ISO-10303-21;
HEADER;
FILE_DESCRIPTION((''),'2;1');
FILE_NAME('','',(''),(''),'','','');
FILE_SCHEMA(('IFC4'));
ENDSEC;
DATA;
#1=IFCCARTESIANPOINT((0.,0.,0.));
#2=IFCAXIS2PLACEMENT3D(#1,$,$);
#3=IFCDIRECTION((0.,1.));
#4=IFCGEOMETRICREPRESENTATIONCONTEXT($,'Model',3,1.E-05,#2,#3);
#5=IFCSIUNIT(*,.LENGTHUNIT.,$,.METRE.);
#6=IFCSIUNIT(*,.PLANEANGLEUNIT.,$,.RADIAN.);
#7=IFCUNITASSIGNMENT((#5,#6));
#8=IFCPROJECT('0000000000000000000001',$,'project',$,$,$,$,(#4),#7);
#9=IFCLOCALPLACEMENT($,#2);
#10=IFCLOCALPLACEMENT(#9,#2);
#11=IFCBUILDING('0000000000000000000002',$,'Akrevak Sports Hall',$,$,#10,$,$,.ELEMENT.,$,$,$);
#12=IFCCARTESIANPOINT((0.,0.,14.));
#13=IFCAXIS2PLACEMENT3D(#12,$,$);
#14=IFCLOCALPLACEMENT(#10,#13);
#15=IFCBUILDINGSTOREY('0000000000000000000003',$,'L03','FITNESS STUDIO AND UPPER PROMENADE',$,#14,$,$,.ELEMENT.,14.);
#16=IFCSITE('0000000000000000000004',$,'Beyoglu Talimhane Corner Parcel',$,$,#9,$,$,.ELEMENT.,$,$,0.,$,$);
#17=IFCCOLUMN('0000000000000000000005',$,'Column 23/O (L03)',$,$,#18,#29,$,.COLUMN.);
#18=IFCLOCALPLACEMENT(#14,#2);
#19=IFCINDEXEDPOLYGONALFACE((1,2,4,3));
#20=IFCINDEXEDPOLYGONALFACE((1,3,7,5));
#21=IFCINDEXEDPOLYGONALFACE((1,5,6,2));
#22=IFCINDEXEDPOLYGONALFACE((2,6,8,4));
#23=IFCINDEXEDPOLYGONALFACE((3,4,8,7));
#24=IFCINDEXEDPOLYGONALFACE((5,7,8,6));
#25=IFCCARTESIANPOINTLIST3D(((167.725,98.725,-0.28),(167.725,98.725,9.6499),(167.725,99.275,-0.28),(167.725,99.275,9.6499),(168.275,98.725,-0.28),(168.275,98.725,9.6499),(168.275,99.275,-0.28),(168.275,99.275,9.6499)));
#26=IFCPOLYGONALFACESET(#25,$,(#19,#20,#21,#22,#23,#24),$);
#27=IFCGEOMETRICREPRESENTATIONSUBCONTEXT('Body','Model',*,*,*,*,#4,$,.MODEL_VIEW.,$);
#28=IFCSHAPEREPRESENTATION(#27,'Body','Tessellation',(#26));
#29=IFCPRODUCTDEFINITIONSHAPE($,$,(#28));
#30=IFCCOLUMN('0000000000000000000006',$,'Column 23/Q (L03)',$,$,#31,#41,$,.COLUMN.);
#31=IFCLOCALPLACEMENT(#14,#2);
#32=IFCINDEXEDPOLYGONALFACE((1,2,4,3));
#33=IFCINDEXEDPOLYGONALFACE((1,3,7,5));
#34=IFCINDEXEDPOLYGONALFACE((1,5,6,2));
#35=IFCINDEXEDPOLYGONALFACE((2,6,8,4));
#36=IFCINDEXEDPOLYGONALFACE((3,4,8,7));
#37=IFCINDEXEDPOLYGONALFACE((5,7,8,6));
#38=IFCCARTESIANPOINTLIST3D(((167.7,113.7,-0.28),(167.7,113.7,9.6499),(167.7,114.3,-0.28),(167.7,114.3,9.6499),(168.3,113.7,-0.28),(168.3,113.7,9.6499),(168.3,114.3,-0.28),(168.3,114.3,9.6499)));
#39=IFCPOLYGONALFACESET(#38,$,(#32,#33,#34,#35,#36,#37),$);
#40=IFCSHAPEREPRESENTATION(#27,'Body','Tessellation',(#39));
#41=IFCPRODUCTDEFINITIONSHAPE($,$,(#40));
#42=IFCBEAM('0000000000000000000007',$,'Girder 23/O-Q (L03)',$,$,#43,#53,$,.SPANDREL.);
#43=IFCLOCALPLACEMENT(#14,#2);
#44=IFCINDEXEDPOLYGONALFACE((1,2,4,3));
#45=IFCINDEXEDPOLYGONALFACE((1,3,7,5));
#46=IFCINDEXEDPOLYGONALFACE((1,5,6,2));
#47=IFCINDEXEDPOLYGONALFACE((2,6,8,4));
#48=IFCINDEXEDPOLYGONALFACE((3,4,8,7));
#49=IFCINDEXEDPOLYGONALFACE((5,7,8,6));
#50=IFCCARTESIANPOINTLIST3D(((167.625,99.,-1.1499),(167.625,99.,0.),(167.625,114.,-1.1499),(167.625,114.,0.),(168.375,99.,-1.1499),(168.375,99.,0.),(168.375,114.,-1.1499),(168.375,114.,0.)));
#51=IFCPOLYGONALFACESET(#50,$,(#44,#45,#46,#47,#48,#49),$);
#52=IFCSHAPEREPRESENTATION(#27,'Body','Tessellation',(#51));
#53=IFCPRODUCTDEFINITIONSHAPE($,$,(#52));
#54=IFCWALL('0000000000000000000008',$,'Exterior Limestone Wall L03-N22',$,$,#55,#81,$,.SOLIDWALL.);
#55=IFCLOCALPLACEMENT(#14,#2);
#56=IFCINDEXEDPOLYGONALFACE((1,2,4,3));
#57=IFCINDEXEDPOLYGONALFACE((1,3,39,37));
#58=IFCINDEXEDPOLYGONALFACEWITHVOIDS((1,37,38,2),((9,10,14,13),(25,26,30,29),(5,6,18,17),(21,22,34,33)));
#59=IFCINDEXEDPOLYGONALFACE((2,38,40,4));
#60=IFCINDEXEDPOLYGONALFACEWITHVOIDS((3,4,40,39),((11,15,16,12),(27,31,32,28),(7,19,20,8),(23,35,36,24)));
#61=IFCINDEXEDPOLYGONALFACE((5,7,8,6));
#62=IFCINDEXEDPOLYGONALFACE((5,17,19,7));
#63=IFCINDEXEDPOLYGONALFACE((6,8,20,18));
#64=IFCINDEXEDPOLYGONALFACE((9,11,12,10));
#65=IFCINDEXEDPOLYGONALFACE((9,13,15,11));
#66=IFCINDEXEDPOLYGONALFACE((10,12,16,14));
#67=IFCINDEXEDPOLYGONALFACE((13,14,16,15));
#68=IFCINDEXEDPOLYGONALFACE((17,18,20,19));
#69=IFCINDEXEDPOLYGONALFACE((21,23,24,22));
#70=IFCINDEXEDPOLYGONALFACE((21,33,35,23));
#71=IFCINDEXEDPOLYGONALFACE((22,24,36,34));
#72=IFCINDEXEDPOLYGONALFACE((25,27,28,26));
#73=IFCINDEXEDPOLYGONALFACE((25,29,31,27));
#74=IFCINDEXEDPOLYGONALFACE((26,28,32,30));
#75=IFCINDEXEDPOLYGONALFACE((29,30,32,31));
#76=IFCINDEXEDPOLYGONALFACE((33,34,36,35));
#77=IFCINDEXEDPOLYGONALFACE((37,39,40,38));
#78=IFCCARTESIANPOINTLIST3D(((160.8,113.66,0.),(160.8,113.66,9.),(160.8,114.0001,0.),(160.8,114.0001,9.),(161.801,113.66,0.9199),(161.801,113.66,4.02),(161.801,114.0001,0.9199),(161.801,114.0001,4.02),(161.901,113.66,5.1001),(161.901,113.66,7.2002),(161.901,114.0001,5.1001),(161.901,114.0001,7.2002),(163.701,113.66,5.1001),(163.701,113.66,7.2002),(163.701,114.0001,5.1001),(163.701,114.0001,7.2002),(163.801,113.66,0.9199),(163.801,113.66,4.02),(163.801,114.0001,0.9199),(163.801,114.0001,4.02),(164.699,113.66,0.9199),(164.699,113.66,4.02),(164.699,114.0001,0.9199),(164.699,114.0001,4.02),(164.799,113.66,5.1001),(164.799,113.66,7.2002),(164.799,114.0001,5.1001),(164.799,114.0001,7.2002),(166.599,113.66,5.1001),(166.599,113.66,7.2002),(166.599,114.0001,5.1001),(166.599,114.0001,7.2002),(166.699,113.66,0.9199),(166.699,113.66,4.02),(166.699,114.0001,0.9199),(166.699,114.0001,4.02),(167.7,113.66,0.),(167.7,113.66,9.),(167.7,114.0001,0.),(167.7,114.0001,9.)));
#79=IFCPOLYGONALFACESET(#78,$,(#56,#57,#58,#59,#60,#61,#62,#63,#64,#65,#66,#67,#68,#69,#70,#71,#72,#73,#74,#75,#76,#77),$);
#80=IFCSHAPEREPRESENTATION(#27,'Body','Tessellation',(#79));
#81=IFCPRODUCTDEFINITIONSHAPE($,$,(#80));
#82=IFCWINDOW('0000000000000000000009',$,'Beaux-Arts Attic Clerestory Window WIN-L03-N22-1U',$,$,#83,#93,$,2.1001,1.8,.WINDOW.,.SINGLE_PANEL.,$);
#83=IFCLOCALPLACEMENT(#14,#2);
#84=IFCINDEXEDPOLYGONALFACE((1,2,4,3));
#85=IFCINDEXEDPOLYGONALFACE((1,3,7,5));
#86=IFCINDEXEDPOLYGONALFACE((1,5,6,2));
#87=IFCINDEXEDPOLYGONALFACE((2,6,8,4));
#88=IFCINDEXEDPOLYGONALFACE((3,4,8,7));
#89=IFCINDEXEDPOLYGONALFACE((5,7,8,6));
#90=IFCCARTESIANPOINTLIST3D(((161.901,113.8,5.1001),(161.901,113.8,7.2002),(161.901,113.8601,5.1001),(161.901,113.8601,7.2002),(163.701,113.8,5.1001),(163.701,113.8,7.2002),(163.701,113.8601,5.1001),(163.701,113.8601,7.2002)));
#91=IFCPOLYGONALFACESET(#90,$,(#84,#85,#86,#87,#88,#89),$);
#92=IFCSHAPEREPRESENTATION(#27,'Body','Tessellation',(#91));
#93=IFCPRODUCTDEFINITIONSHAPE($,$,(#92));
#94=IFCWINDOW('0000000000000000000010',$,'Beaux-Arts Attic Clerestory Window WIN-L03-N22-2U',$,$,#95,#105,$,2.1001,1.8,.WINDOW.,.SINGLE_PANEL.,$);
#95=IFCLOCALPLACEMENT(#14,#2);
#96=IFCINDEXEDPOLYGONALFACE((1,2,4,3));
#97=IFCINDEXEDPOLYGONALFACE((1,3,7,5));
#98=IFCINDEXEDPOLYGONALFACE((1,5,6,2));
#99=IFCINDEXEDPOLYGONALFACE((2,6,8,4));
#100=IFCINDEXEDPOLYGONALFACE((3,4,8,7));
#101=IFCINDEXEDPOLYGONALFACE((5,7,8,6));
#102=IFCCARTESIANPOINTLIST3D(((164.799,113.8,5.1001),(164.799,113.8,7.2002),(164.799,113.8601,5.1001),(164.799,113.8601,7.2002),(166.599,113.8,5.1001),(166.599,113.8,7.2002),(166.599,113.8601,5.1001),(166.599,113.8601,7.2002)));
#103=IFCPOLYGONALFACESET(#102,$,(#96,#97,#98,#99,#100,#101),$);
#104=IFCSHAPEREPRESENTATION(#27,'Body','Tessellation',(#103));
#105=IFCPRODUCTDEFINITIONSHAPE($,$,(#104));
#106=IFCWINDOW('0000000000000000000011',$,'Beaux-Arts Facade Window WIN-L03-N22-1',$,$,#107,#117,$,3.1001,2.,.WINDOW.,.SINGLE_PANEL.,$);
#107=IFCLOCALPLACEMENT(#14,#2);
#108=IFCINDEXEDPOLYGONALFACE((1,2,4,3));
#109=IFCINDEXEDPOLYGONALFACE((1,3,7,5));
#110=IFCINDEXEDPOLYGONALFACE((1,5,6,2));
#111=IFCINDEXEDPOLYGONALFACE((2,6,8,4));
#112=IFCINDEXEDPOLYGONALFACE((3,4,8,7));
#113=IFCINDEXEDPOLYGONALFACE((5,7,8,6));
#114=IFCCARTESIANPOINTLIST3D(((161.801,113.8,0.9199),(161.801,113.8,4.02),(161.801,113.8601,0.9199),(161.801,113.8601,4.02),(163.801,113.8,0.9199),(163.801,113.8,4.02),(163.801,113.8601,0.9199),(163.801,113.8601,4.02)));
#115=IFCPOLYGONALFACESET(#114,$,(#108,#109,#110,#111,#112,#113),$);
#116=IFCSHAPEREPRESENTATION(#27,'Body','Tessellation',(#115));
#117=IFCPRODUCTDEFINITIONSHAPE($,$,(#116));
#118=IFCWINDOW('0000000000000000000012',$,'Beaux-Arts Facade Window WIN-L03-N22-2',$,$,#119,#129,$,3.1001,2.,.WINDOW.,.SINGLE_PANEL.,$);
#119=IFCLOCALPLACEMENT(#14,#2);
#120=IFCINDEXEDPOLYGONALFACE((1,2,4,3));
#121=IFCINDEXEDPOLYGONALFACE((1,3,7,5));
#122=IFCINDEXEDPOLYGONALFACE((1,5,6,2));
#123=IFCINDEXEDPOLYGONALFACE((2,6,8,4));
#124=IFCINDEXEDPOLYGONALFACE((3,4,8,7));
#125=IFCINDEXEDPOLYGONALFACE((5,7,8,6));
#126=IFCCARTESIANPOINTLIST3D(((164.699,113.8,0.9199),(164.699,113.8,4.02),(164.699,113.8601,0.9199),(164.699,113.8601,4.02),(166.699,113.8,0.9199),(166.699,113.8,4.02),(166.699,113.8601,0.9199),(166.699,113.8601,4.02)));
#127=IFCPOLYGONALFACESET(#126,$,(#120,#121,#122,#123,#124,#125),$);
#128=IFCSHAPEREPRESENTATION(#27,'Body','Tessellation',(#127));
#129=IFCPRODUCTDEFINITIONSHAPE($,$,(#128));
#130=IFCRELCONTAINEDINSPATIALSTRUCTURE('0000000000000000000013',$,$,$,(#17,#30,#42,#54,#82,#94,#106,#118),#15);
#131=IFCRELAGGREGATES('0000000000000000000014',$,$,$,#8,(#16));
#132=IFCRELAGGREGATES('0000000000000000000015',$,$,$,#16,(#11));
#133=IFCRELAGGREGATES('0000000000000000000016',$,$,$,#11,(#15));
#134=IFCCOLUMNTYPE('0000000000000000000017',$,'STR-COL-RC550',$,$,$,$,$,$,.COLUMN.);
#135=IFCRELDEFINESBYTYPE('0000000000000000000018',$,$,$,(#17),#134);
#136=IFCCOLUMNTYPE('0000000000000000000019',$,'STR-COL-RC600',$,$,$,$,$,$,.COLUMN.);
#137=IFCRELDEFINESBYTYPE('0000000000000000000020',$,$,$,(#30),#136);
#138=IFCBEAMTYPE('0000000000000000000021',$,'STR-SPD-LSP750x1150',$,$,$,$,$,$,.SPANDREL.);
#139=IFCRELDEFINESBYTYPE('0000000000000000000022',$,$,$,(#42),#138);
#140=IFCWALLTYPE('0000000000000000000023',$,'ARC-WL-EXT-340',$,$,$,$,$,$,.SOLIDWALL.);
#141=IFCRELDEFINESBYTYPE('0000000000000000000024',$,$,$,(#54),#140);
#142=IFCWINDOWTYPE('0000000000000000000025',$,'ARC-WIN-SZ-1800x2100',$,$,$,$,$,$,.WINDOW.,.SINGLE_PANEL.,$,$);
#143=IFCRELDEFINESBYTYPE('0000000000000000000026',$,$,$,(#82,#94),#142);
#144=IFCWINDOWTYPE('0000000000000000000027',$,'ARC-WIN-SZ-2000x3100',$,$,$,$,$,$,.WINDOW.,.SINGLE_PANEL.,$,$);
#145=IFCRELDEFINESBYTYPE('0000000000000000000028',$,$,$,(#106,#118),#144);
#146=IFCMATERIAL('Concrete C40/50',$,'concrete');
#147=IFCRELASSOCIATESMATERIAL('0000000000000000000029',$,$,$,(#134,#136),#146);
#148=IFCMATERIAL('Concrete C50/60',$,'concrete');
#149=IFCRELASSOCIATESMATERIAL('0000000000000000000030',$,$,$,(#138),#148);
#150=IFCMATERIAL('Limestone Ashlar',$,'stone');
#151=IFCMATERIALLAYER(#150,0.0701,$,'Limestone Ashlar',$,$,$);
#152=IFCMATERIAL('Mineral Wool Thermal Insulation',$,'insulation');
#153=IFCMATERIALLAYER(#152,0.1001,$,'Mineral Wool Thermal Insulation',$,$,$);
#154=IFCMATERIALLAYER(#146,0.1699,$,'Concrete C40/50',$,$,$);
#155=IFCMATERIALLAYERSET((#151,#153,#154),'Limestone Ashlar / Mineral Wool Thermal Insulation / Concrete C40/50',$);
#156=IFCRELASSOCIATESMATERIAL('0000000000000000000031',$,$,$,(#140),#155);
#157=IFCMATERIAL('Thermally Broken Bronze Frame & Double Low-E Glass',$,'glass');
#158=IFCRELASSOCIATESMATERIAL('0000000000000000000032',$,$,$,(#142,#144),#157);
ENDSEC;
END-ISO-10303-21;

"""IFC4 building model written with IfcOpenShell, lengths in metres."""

from ifc_helpers import new_model, si_unit, direction, frame, frame_2d, origin, origin_2d, place, context, subcontext, project, spatial, rectangle, extrude, material, layer, layer_set, material_profile, profile_set, type_object, element, fill, save


model = new_model("IFC4")

# Units and contexts
model_context = context("Model", 3, precision=1e-05, world=origin(), true_north=direction((0.0, 1.0)))
body_context = subcontext(model_context, "Body", "Model", "MODEL_VIEW")
ifc_project = project(units=[si_unit("LENGTHUNIT", "METRE"), si_unit("PLANEANGLEUNIT", "RADIAN")], contexts=[model_context])

# Site, building, storey
site_placement = place(None, origin())
site = spatial("IfcSite", under=ifc_project, at=site_placement, Name="Beyoglu Talimhane Corner Parcel", CompositionType="ELEMENT", RefElevation=0.0)
building_placement = place(site_placement, origin())
building = spatial("IfcBuilding", under=site, at=building_placement, Name="Akrevak Sports Hall", CompositionType="ELEMENT")
storey_placement = place(building_placement, frame((0.0, 0.0, 14.0)))
storey = spatial("IfcBuildingStorey", under=building, at=storey_placement, Name="L03", Description="FITNESS STUDIO AND UPPER PROMENADE", CompositionType="ELEMENT", Elevation=14.0)

# Columns
ifc_material_1 = material(Name="Concrete C40/50", Category="concrete")
ifc_material_profile_1 = material_profile(ifc_material_1, rectangle(XDim=0.55, YDim=0.55, at=origin_2d()), Name="RC 550x550", Category="concrete")
ifc_profile_set_1 = profile_set([ifc_material_profile_1], Name="Concrete C40/50")
column_type_1 = type_object("IfcColumnType", Name="STR-COL-RC550", PredefinedType="COLUMN", material=ifc_profile_set_1)
column_1_placement = place(storey_placement, frame((168.0, 99.0, -0.28), z_axis=(0.0, 0.0, 1.0), x_axis=(1.0, 0.0, 0.0)))
element("IfcColumn", 1, at=column_1_placement, inside=storey, type_object=column_type_1, Name="Column 23/O (L03)", PredefinedType="COLUMN", context=body_context, shape_type="SweptSolid", body=[
    extrude(rectangle(XDim=0.55, YDim=0.55, at=origin_2d()), origin(), (0.0, 0.0, 1.0), 9.9299),
])
ifc_material_profile_2 = material_profile(ifc_material_1, rectangle(XDim=0.6001, YDim=0.6001, at=origin_2d()), Name="RC 600x600", Category="concrete")
ifc_profile_set_2 = profile_set([ifc_material_profile_2], Name="Concrete C40/50")
column_type_2 = type_object("IfcColumnType", Name="STR-COL-RC600", PredefinedType="COLUMN", material=ifc_profile_set_2)
column_2_placement = place(storey_placement, frame((168.0, 114.0, -0.28), z_axis=(0.0, 0.0, 1.0), x_axis=(1.0, 0.0, 0.0)))
element("IfcColumn", 2, at=column_2_placement, inside=storey, type_object=column_type_2, Name="Column 23/Q (L03)", PredefinedType="COLUMN", context=body_context, shape_type="SweptSolid", body=[
    extrude(rectangle(XDim=0.6001, YDim=0.6001, at=origin_2d()), origin(), (0.0, 0.0, 1.0), 9.9299),
])

# Beam
ifc_material_2 = material(Name="Concrete C50/60", Category="concrete")
ifc_material_profile_3 = material_profile(ifc_material_2, rectangle(XDim=0.75, YDim=1.1499, at=origin_2d()), Name="SPD 750x1150", Category="concrete")
ifc_profile_set_3 = profile_set([ifc_material_profile_3], Name="Concrete C50/60")
beam_type = type_object("IfcBeamType", Name="STR-SPD-LSP750x1150", PredefinedType="SPANDREL", material=ifc_profile_set_3)
beam_placement = place(storey_placement, frame((168.0, 99.0, -0.575), z_axis=(0.0, 1.0, 0.0), x_axis=(-1.0, 0.0, 0.0)))
element("IfcBeam", 3, at=beam_placement, inside=storey, type_object=beam_type, Name="Girder 23/O-Q (L03)", PredefinedType="SPANDREL", context=body_context, shape_type="SweptSolid", body=[
    extrude(rectangle(XDim=0.75, YDim=1.1499, at=origin_2d()), origin(), (0.0, 0.0, 1.0), 15.0),
])

# Wall, openings, windows
ifc_material_3 = material(Name="Limestone Ashlar", Category="stone")
ifc_layer_1 = layer(ifc_material_3, 0.0701, Name="Limestone Ashlar")
ifc_material_4 = material(Name="Mineral Wool Thermal Insulation", Category="insulation")
ifc_layer_2 = layer(ifc_material_4, 0.1001, Name="Mineral Wool Thermal Insulation")
ifc_layer_3 = layer(ifc_material_1, 0.1699, Name="Concrete C40/50")
ifc_layer_set_1 = layer_set([ifc_layer_1, ifc_layer_2, ifc_layer_3], Name="Limestone Ashlar / Mineral Wool Thermal Insulation / Concrete C40/50")
wall_type = type_object("IfcWallType", Name="ARC-WL-EXT-340", PredefinedType="SOLIDWALL", material=ifc_layer_set_1)
wall_1_placement = place(storey_placement, frame((167.7, 113.8301, 0.0), z_axis=(0.0, 0.0, 1.0), x_axis=(-1.0, 0.0, 0.0)))
wall_1 = element("IfcWall", 4, at=wall_1_placement, inside=storey, type_object=wall_type, Name="Exterior Limestone Wall L03-N22", PredefinedType="SOLIDWALL", context=body_context, shape_type="SweptSolid", body=[
    extrude(rectangle(XDim=6.8999, YDim=0.3401, at=frame_2d((3.45, 0.0))), origin(), (0.0, 0.0, 1.0), 9.0),
])
opening_1_placement = place(wall_1_placement, frame((3.8989, 0.0, 0.9199)))
opening_1 = element("IfcOpeningElement", 5, at=opening_1_placement, cuts=wall_1, PredefinedType="OPENING", context=body_context, shape_type="SweptSolid", body=[
    extrude(rectangle(XDim=2.0, YDim=3.1001, at=frame_2d((1.0, 1.55))), frame((0.0, 0.1821, 0.0), z_axis=(0.0, -1.0, 0.0), x_axis=(1.0, 0.0, 0.0)), (0.0, 0.0, 1.0), 0.364),
])
opening_2_placement = place(wall_1_placement, frame((3.999, 0.0, 5.1001)))
opening_2 = element("IfcOpeningElement", 6, at=opening_2_placement, cuts=wall_1, PredefinedType="OPENING", context=body_context, shape_type="SweptSolid", body=[
    extrude(rectangle(XDim=1.8, YDim=2.1001, at=frame_2d((0.8999, 1.05))), frame((0.0, 0.1821, 0.0), z_axis=(0.0, -1.0, 0.0), x_axis=(1.0, 0.0, 0.0)), (0.0, 0.0, 1.0), 0.364),
])
opening_3_placement = place(wall_1_placement, frame((1.001, 0.0, 0.9199)))
opening_3 = element("IfcOpeningElement", 7, at=opening_3_placement, cuts=wall_1, PredefinedType="OPENING", context=body_context, shape_type="SweptSolid", body=[
    extrude(rectangle(XDim=2.0, YDim=3.1001, at=frame_2d((1.0, 1.55))), frame((0.0, 0.1821, 0.0), z_axis=(0.0, -1.0, 0.0), x_axis=(1.0, 0.0, 0.0)), (0.0, 0.0, 1.0), 0.364),
])
opening_4_placement = place(wall_1_placement, frame((1.1011, 0.0, 5.1001)))
opening_4 = element("IfcOpeningElement", 8, at=opening_4_placement, cuts=wall_1, PredefinedType="OPENING", context=body_context, shape_type="SweptSolid", body=[
    extrude(rectangle(XDim=1.8, YDim=2.1001, at=frame_2d((0.8999, 1.05))), frame((0.0, 0.1821, 0.0), z_axis=(0.0, -1.0, 0.0), x_axis=(1.0, 0.0, 0.0)), (0.0, 0.0, 1.0), 0.364),
])
ifc_material_5 = material(Name="Thermally Broken Bronze Frame & Double Low-E Glass", Category="glass")
window_type_1 = type_object("IfcWindowType", Name="ARC-WIN-SZ-1800x2100", PartitioningType="SINGLE_PANEL", PredefinedType="WINDOW", material=ifc_material_5)
window_1_placement = place(opening_2_placement, origin())
window_1 = element("IfcWindow", 9, at=window_1_placement, inside=storey, type_object=window_type_1, Name="Beaux-Arts Attic Clerestory Window WIN-L03-N22-1U", OverallHeight=2.1001, OverallWidth=1.8, PartitioningType="SINGLE_PANEL", PredefinedType="WINDOW", context=body_context, shape_type="SweptSolid", body=[
    extrude(rectangle(XDim=1.8, YDim=2.1001, at=frame_2d((0.8999, 1.05))), frame((0.0, 0.03, 0.0), z_axis=(0.0, -1.0, 0.0), x_axis=(1.0, 0.0, 0.0)), (0.0, 0.0, 1.0), 0.0601),
])
fill(opening_2, window_1)
window_2_placement = place(opening_4_placement, origin())
window_2 = element("IfcWindow", 10, at=window_2_placement, inside=storey, type_object=window_type_1, Name="Beaux-Arts Attic Clerestory Window WIN-L03-N22-2U", OverallHeight=2.1001, OverallWidth=1.8, PartitioningType="SINGLE_PANEL", PredefinedType="WINDOW", context=body_context, shape_type="SweptSolid", body=[
    extrude(rectangle(XDim=1.8, YDim=2.1001, at=frame_2d((0.8999, 1.05))), frame((0.0, 0.03, 0.0), z_axis=(0.0, -1.0, 0.0), x_axis=(1.0, 0.0, 0.0)), (0.0, 0.0, 1.0), 0.0601),
])
fill(opening_4, window_2)
window_type_2 = type_object("IfcWindowType", Name="ARC-WIN-SZ-2000x3100", PartitioningType="SINGLE_PANEL", PredefinedType="WINDOW", material=ifc_material_5)
window_3_placement = place(opening_1_placement, origin())
window_3 = element("IfcWindow", 11, at=window_3_placement, inside=storey, type_object=window_type_2, Name="Beaux-Arts Facade Window WIN-L03-N22-1", OverallHeight=3.1001, OverallWidth=2.0, PartitioningType="SINGLE_PANEL", PredefinedType="WINDOW", context=body_context, shape_type="SweptSolid", body=[
    extrude(rectangle(XDim=2.0, YDim=3.1001, at=frame_2d((1.0, 1.55))), frame((0.0, 0.03, 0.0), z_axis=(0.0, -1.0, 0.0), x_axis=(1.0, 0.0, 0.0)), (0.0, 0.0, 1.0), 0.0601),
])
fill(opening_1, window_3)
window_4_placement = place(opening_3_placement, origin())
window_4 = element("IfcWindow", 12, at=window_4_placement, inside=storey, type_object=window_type_2, Name="Beaux-Arts Facade Window WIN-L03-N22-2", OverallHeight=3.1001, OverallWidth=2.0, PartitioningType="SINGLE_PANEL", PredefinedType="WINDOW", context=body_context, shape_type="SweptSolid", body=[
    extrude(rectangle(XDim=2.0, YDim=3.1001, at=frame_2d((1.0, 1.55))), frame((0.0, 0.03, 0.0), z_axis=(0.0, -1.0, 0.0), x_axis=(1.0, 0.0, 0.0)), (0.0, 0.0, 1.0), 0.0601),
])
fill(opening_3, window_4)

save(model, "model.ifc")
